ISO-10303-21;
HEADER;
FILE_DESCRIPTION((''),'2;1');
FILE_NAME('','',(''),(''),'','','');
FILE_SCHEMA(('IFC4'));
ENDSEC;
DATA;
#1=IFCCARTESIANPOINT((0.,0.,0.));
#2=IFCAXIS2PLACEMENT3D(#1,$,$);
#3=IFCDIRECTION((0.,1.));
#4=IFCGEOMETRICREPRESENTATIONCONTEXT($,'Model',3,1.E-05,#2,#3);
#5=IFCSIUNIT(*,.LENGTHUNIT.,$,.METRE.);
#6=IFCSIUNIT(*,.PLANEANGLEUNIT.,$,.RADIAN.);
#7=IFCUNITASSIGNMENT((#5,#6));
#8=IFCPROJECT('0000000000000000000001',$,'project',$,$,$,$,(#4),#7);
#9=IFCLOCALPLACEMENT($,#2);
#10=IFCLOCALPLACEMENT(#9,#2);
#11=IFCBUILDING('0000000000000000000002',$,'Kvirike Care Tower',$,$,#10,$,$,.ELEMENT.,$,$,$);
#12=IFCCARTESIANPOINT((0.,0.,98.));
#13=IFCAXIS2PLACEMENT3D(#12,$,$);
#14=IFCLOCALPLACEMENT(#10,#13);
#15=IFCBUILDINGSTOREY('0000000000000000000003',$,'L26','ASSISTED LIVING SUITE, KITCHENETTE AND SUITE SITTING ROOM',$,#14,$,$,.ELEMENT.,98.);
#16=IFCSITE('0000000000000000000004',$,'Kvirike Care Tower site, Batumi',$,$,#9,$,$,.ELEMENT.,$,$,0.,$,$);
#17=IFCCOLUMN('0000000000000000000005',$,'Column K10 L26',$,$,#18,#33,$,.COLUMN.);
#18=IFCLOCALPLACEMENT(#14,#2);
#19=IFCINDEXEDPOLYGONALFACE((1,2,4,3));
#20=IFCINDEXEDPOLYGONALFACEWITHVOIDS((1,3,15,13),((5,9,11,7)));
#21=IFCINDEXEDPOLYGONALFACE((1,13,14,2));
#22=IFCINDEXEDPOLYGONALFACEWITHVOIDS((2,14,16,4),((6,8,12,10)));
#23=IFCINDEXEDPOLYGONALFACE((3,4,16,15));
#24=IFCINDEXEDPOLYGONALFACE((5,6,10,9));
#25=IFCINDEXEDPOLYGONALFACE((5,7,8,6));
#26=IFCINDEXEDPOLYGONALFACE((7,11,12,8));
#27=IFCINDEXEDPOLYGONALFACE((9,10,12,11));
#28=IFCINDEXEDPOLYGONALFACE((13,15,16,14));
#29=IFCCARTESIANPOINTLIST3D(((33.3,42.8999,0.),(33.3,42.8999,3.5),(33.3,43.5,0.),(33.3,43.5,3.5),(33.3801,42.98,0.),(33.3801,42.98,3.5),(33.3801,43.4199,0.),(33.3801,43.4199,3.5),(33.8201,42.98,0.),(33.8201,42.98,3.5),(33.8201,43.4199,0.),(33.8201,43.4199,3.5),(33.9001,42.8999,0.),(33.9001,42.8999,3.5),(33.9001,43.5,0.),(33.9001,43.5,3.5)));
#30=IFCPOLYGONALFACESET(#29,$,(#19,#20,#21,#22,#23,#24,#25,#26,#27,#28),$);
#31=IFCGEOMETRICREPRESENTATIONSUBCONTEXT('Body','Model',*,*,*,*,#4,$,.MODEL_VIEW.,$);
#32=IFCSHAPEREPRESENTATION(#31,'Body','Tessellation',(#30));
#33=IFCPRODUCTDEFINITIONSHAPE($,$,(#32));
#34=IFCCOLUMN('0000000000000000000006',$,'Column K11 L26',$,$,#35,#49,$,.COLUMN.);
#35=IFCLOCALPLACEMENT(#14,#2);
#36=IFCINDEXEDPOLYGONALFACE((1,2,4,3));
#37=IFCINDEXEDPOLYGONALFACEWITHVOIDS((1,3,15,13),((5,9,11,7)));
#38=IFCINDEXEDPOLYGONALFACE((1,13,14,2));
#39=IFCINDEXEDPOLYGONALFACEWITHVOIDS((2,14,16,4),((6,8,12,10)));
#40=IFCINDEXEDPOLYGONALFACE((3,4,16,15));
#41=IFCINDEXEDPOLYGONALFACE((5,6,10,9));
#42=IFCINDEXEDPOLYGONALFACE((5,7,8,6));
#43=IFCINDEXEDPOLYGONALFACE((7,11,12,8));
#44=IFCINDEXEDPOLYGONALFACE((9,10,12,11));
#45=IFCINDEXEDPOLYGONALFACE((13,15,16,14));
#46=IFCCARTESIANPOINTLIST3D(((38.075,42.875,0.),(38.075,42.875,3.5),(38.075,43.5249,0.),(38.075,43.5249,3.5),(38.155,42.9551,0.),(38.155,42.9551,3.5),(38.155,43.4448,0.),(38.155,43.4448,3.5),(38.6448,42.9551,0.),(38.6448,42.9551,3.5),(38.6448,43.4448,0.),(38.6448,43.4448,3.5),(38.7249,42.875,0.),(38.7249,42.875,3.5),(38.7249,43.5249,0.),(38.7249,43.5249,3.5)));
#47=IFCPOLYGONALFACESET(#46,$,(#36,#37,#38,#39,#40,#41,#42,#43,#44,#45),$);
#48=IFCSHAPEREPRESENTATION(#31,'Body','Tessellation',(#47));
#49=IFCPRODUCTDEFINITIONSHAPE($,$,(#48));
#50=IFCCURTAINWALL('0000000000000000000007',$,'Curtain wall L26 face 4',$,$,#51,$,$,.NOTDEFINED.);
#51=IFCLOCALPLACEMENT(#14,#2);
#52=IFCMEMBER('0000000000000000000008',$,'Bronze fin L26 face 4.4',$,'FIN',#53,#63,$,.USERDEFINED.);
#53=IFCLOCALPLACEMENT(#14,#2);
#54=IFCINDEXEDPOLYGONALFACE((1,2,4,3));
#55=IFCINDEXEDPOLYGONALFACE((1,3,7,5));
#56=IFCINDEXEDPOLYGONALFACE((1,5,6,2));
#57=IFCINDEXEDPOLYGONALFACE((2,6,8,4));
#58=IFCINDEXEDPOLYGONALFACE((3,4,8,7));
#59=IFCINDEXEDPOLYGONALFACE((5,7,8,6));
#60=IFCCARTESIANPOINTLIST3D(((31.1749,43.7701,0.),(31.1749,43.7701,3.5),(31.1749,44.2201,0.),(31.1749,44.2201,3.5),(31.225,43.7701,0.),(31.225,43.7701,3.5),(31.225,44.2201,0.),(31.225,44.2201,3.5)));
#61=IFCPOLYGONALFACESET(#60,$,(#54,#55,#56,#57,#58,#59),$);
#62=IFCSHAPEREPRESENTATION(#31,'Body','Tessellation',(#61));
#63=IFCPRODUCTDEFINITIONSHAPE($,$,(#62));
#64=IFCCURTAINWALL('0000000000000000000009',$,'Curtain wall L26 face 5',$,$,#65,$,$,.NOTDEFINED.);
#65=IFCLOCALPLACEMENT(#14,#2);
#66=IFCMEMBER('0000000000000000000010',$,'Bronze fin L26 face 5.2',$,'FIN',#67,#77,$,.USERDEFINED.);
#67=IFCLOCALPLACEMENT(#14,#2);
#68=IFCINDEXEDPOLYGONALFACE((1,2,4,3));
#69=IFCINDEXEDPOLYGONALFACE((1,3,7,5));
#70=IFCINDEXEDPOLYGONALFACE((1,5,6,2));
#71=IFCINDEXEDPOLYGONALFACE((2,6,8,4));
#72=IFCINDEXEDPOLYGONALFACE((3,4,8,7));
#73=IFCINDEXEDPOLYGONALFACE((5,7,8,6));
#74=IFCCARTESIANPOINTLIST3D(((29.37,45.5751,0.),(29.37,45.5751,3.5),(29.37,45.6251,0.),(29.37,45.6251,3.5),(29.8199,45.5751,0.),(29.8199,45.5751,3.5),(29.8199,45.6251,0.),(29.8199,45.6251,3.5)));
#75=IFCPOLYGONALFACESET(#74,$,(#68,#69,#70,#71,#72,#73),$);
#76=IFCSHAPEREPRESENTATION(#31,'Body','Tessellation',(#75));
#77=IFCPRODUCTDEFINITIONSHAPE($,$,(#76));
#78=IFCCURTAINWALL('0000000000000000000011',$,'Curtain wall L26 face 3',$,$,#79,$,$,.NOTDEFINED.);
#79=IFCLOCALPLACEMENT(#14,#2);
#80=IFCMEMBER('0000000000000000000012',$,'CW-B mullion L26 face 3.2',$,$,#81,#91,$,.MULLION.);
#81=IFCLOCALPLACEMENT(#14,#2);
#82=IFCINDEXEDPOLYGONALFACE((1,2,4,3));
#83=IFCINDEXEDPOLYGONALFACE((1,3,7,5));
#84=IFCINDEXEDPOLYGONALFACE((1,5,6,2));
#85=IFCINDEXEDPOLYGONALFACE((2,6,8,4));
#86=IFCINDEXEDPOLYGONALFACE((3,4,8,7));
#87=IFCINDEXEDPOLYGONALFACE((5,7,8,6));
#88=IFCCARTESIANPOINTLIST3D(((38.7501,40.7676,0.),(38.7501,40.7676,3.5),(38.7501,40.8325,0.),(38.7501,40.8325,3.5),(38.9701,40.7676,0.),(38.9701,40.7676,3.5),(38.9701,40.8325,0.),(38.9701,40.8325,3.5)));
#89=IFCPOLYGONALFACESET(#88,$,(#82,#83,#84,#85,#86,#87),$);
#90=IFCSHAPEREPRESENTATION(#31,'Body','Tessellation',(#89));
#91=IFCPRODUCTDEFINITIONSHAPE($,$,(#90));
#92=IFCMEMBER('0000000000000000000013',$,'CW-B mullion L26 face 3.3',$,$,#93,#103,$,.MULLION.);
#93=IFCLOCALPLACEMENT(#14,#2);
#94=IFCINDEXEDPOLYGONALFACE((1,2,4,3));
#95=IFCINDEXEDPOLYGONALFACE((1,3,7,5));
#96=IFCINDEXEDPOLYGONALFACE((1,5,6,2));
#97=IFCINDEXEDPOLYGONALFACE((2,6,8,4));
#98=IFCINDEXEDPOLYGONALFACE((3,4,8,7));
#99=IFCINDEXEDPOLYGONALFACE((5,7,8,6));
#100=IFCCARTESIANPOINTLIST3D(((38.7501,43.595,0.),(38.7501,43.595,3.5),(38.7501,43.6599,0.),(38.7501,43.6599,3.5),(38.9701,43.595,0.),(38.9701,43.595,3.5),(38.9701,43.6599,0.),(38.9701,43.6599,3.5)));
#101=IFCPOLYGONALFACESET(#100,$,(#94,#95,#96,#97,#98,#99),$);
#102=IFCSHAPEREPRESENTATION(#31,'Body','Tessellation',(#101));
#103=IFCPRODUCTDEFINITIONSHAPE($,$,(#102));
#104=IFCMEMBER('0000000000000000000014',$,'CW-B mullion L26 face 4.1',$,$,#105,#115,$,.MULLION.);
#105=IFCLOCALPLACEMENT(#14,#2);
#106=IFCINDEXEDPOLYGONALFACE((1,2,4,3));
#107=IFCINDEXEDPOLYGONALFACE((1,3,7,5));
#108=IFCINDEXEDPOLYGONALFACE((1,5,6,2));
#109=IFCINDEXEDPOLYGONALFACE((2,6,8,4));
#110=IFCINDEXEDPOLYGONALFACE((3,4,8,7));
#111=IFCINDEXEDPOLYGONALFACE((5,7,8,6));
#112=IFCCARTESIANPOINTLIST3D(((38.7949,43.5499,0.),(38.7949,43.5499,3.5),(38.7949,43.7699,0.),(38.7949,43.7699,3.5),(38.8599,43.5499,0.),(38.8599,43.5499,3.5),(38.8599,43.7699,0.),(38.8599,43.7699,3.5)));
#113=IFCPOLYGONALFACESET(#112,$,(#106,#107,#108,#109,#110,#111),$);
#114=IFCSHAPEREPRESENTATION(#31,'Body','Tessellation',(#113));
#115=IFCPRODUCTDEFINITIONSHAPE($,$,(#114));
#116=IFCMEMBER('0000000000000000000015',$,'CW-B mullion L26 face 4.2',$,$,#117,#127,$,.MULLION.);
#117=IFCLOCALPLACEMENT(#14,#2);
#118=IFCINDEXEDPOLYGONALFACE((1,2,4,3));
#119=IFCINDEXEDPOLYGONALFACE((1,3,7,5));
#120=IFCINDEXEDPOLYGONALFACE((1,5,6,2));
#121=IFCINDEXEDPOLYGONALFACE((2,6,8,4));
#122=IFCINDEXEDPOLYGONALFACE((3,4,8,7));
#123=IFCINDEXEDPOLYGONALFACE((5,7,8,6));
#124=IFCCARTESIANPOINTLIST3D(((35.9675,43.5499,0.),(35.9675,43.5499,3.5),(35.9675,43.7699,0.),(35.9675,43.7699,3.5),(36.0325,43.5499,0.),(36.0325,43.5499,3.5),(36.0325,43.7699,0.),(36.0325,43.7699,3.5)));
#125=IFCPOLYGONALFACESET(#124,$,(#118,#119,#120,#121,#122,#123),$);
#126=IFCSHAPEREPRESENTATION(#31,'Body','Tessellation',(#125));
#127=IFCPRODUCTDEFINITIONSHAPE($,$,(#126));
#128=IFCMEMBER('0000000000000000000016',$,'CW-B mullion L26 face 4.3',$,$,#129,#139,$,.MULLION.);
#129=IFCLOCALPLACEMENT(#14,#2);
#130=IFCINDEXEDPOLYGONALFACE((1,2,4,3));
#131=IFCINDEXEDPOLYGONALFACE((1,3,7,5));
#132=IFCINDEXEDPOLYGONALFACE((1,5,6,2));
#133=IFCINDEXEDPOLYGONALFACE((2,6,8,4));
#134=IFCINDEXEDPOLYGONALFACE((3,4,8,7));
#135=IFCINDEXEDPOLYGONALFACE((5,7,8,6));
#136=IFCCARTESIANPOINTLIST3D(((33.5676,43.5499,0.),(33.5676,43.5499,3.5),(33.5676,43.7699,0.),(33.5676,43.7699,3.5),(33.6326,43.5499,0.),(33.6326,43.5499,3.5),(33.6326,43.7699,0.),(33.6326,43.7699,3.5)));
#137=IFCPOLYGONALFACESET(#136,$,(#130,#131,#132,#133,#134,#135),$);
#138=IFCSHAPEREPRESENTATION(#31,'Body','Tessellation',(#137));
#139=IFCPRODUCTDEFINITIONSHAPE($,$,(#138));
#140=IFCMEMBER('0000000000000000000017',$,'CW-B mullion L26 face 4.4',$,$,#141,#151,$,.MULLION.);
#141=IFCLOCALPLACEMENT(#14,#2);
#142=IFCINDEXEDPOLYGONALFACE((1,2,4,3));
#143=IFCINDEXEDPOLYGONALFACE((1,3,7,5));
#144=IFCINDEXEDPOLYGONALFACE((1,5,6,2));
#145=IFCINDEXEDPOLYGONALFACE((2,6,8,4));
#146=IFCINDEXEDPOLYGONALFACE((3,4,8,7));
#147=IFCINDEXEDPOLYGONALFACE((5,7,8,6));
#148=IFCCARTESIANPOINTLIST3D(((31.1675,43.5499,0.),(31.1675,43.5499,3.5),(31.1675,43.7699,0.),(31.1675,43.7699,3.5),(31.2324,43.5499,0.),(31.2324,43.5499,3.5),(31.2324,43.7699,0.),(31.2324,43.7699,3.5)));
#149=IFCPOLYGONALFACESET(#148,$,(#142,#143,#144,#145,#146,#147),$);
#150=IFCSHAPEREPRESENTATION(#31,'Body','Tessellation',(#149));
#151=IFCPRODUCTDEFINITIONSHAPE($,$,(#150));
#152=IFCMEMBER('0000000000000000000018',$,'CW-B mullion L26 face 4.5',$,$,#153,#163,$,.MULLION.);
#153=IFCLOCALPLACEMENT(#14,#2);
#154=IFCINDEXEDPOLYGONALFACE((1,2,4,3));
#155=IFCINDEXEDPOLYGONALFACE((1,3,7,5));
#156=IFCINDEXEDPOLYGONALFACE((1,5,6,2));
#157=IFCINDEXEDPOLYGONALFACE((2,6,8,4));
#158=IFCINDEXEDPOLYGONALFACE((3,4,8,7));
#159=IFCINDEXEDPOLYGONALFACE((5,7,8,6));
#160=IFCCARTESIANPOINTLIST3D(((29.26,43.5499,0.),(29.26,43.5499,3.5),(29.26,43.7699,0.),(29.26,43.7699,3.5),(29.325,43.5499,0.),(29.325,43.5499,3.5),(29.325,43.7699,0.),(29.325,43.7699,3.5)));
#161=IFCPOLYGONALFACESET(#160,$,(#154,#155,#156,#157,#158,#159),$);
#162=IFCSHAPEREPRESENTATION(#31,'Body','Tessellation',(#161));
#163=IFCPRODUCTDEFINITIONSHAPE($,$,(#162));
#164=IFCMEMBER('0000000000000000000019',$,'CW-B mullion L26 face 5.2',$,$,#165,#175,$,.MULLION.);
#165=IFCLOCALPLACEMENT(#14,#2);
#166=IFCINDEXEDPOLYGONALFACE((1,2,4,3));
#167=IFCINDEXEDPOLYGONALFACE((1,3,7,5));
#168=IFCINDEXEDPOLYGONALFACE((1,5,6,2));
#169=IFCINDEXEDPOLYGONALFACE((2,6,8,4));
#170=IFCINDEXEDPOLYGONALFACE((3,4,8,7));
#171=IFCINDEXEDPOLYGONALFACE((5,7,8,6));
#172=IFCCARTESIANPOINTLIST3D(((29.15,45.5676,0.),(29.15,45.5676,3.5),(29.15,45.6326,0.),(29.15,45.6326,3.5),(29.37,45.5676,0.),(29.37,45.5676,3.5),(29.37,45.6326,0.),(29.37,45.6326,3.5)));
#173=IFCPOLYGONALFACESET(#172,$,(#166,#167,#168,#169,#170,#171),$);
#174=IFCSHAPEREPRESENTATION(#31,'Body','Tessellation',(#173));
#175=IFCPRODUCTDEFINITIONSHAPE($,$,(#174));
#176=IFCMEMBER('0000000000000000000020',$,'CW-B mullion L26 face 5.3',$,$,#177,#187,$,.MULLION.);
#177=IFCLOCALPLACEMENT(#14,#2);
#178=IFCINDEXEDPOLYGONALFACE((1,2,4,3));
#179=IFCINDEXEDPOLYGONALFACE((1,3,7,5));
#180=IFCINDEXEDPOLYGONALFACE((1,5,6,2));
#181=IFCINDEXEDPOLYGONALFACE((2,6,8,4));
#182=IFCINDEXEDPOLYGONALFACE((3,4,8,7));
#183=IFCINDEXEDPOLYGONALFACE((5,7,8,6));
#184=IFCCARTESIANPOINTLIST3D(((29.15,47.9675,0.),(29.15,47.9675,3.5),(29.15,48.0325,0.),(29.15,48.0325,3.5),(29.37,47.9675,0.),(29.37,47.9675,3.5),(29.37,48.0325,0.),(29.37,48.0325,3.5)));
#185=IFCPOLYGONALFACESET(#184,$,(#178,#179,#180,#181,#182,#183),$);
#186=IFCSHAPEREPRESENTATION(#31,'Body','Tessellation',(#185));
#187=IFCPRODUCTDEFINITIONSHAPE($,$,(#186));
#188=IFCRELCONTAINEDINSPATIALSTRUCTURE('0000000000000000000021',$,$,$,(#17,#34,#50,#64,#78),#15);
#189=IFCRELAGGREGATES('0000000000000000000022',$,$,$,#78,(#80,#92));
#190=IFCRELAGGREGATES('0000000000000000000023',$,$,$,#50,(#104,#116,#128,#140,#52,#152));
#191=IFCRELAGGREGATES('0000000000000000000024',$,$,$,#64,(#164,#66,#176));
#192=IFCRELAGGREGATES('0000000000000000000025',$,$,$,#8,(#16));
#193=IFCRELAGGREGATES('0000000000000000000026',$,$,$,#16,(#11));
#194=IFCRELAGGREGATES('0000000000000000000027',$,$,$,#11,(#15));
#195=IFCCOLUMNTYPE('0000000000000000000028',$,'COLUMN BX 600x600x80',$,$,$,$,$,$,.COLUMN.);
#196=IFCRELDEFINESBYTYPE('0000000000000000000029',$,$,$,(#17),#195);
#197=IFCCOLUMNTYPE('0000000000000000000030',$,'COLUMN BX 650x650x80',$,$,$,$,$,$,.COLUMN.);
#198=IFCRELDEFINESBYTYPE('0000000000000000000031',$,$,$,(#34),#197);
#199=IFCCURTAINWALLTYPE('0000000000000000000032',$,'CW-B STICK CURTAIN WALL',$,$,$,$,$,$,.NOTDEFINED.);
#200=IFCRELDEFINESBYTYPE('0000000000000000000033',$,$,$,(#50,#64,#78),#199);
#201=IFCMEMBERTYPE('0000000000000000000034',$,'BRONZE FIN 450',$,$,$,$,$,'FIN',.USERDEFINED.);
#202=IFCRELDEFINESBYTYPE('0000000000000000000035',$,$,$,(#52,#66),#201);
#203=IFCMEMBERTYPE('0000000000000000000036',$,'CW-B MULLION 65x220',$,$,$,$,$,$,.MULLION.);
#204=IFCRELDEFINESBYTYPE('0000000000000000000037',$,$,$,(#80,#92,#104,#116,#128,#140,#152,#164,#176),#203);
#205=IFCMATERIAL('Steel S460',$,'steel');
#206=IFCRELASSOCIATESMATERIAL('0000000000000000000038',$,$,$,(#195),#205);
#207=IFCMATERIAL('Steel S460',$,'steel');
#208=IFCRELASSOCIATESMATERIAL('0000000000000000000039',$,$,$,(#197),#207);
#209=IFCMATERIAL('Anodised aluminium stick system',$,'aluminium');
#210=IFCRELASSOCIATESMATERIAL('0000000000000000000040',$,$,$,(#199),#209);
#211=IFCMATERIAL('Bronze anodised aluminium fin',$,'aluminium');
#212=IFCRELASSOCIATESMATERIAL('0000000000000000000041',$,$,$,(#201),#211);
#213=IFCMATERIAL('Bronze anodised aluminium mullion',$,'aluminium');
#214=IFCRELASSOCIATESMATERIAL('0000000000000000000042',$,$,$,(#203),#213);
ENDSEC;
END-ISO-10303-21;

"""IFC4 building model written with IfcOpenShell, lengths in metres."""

from ifc_helpers import new_model, si_unit, direction, frame, origin, origin_2d, place, context, subcontext, project, spatial, rectangle, hollow_rectangle, extrude, material, material_profile, profile_set, type_object, element, aggregate, save


model = new_model("IFC4")

# Units and contexts
model_context = context("Model", 3, precision=1e-05, world=origin(), true_north=direction((0.0, 1.0)))
body_context = subcontext(model_context, "Body", "Model", "MODEL_VIEW")
ifc_project = project(units=[si_unit("LENGTHUNIT", "METRE"), si_unit("PLANEANGLEUNIT", "RADIAN")], contexts=[model_context])

# Site, building, storey
site_placement = place(None, origin())
site = spatial("IfcSite", under=ifc_project, at=site_placement, Name="Kvirike Care Tower site, Batumi", CompositionType="ELEMENT", RefElevation=0.0)
building_placement = place(site_placement, origin())
building = spatial("IfcBuilding", under=site, at=building_placement, Name="Kvirike Care Tower", CompositionType="ELEMENT")
storey_placement = place(building_placement, frame((0.0, 0.0, 98.0)))
storey = spatial("IfcBuildingStorey", under=building, at=storey_placement, Name="L26", Description="ASSISTED LIVING SUITE, KITCHENETTE AND SUITE SITTING ROOM", CompositionType="ELEMENT", Elevation=98.0)

# Columns
ifc_material_1 = material(Name="Steel S460", Category="steel")
ifc_material_profile_1 = material_profile(ifc_material_1, hollow_rectangle(XDim=0.6001, YDim=0.6001, WallThickness=0.0801, at=origin_2d()), Name="BX 600x600x80")
ifc_profile_set_1 = profile_set([ifc_material_profile_1], Name="Steel S460")
column_type_1 = type_object("IfcColumnType", Name="COLUMN BX 600x600x80", PredefinedType="COLUMN", material=ifc_profile_set_1)
column_1_placement = place(storey_placement, frame((33.6001, 43.2, 0.0), z_axis=(0.0, 0.0, 1.0), x_axis=(0.0, 1.0, 0.0)))
element("IfcColumn", 1, at=column_1_placement, inside=storey, type_object=column_type_1, Name="Column K10 L26", PredefinedType="COLUMN", context=body_context, shape_type="SweptSolid", body=[
    extrude(hollow_rectangle(XDim=0.6001, YDim=0.6001, WallThickness=0.0801, at=origin_2d()), origin(), (0.0, 0.0, 1.0), 3.5),
])
ifc_material_2 = material(Name="Steel S460", Category="steel")
ifc_material_profile_2 = material_profile(ifc_material_2, hollow_rectangle(XDim=0.6499, YDim=0.6499, WallThickness=0.0801, at=origin_2d()), Name="BX 650x650x80")
ifc_profile_set_2 = profile_set([ifc_material_profile_2], Name="Steel S460")
column_type_2 = type_object("IfcColumnType", Name="COLUMN BX 650x650x80", PredefinedType="COLUMN", material=ifc_profile_set_2)
column_2_placement = place(storey_placement, frame((38.3999, 43.2, 0.0), z_axis=(0.0, 0.0, 1.0), x_axis=(0.0, 1.0, 0.0)))
element("IfcColumn", 2, at=column_2_placement, inside=storey, type_object=column_type_2, Name="Column K11 L26", PredefinedType="COLUMN", context=body_context, shape_type="SweptSolid", body=[
    extrude(hollow_rectangle(XDim=0.6499, YDim=0.6499, WallThickness=0.0801, at=origin_2d()), origin(), (0.0, 0.0, 1.0), 3.5),
])

# Curtain walls, members
ifc_material_3 = material(Name="Anodised aluminium stick system", Category="aluminium")
curtain_wall_type = type_object("IfcCurtainWallType", Name="CW-B STICK CURTAIN WALL", PredefinedType="NOTDEFINED", material=ifc_material_3)
curtain_wall_1_placement = place(storey_placement, origin())
curtain_wall_1 = element("IfcCurtainWall", 3, at=curtain_wall_1_placement, inside=storey, type_object=curtain_wall_type, Name="Curtain wall L26 face 4", PredefinedType="NOTDEFINED")
ifc_material_4 = material(Name="Bronze anodised aluminium fin", Category="aluminium")
ifc_material_profile_3 = material_profile(ifc_material_4, rectangle(XDim=0.05, YDim=0.45, at=origin_2d()), Name="BRONZE FIN 450")
ifc_profile_set_3 = profile_set([ifc_material_profile_3], Name="Bronze anodised aluminium fin")
member_type_1 = type_object("IfcMemberType", Name="BRONZE FIN 450", ElementType="FIN", PredefinedType="USERDEFINED", material=ifc_profile_set_3)
member_1_placement = place(storey_placement, frame((31.2, 43.9951, 0.0), z_axis=(0.0, 0.0, 1.0), x_axis=(-1.0, 0.0, 0.0)))
member_1 = element("IfcMember", 4, at=member_1_placement, type_object=member_type_1, Name="Bronze fin L26 face 4.4", ObjectType="FIN", PredefinedType="USERDEFINED", context=body_context, shape_type="SweptSolid", body=[
    extrude(rectangle(XDim=0.05, YDim=0.45, at=origin_2d()), origin(), (0.0, 0.0, 1.0), 3.5),
])
curtain_wall_2_placement = place(storey_placement, origin())
curtain_wall_2 = element("IfcCurtainWall", 5, at=curtain_wall_2_placement, inside=storey, type_object=curtain_wall_type, Name="Curtain wall L26 face 5", PredefinedType="NOTDEFINED")
member_2_placement = place(storey_placement, frame((29.595, 45.6001, 0.0), z_axis=(0.0, 0.0, 1.0), x_axis=(0.0, 1.0, 0.0)))
member_2 = element("IfcMember", 6, at=member_2_placement, type_object=member_type_1, Name="Bronze fin L26 face 5.2", ObjectType="FIN", PredefinedType="USERDEFINED", context=body_context, shape_type="SweptSolid", body=[
    extrude(rectangle(XDim=0.05, YDim=0.45, at=origin_2d()), origin(), (0.0, 0.0, 1.0), 3.5),
])

# Curtain wall, members
curtain_wall_3_placement = place(storey_placement, origin())
curtain_wall_3 = element("IfcCurtainWall", 7, at=curtain_wall_3_placement, inside=storey, type_object=curtain_wall_type, Name="Curtain wall L26 face 3", PredefinedType="NOTDEFINED")
ifc_material_5 = material(Name="Bronze anodised aluminium mullion", Category="aluminium")
ifc_material_profile_4 = material_profile(ifc_material_5, rectangle(XDim=0.0649, YDim=0.22, at=origin_2d()), Name="CW-B MULLION 65x220")
ifc_profile_set_4 = profile_set([ifc_material_profile_4], Name="Bronze anodised aluminium mullion")
member_type_2 = type_object("IfcMemberType", Name="CW-B MULLION 65x220", PredefinedType="MULLION", material=ifc_profile_set_4)
member_3_placement = place(storey_placement, frame((38.8601, 40.8, 0.0), z_axis=(0.0, 0.0, 1.0), x_axis=(0.0, 1.0, 0.0)))
member_3 = element("IfcMember", 8, at=member_3_placement, type_object=member_type_2, Name="CW-B mullion L26 face 3.2", PredefinedType="MULLION", context=body_context, shape_type="SweptSolid", body=[
    extrude(rectangle(XDim=0.0649, YDim=0.22, at=origin_2d()), origin(), (0.0, 0.0, 1.0), 3.5),
])
member_4_placement = place(storey_placement, frame((38.8601, 43.6274, 0.0), z_axis=(0.0, 0.0, 1.0), x_axis=(0.0, 1.0, 0.0)))
member_4 = element("IfcMember", 9, at=member_4_placement, type_object=member_type_2, Name="CW-B mullion L26 face 3.3", PredefinedType="MULLION", context=body_context, shape_type="SweptSolid", body=[
    extrude(rectangle(XDim=0.0649, YDim=0.22, at=origin_2d()), origin(), (0.0, 0.0, 1.0), 3.5),
])

# Members
member_5_placement = place(storey_placement, frame((38.8274, 43.6599, 0.0), z_axis=(0.0, 0.0, 1.0), x_axis=(-1.0, 0.0, 0.0)))
member_5 = element("IfcMember", 10, at=member_5_placement, type_object=member_type_2, Name="CW-B mullion L26 face 4.1", PredefinedType="MULLION", context=body_context, shape_type="SweptSolid", body=[
    extrude(rectangle(XDim=0.0649, YDim=0.22, at=origin_2d()), origin(), (0.0, 0.0, 1.0), 3.5),
])
member_6_placement = place(storey_placement, frame((36.0, 43.6599, 0.0), z_axis=(0.0, 0.0, 1.0), x_axis=(-1.0, 0.0, 0.0)))
member_6 = element("IfcMember", 11, at=member_6_placement, type_object=member_type_2, Name="CW-B mullion L26 face 4.2", PredefinedType="MULLION", context=body_context, shape_type="SweptSolid", body=[
    extrude(rectangle(XDim=0.0649, YDim=0.22, at=origin_2d()), origin(), (0.0, 0.0, 1.0), 3.5),
])
member_7_placement = place(storey_placement, frame((33.6001, 43.6599, 0.0), z_axis=(0.0, 0.0, 1.0), x_axis=(-1.0, 0.0, 0.0)))
member_7 = element("IfcMember", 12, at=member_7_placement, type_object=member_type_2, Name="CW-B mullion L26 face 4.3", PredefinedType="MULLION", context=body_context, shape_type="SweptSolid", body=[
    extrude(rectangle(XDim=0.0649, YDim=0.22, at=origin_2d()), origin(), (0.0, 0.0, 1.0), 3.5),
])
member_8_placement = place(storey_placement, frame((31.2, 43.6599, 0.0), z_axis=(0.0, 0.0, 1.0), x_axis=(-1.0, 0.0, 0.0)))
member_8 = element("IfcMember", 13, at=member_8_placement, type_object=member_type_2, Name="CW-B mullion L26 face 4.4", PredefinedType="MULLION", context=body_context, shape_type="SweptSolid", body=[
    extrude(rectangle(XDim=0.0649, YDim=0.22, at=origin_2d()), origin(), (0.0, 0.0, 1.0), 3.5),
])
member_9_placement = place(storey_placement, frame((29.2925, 43.6599, 0.0), z_axis=(0.0, 0.0, 1.0), x_axis=(-1.0, 0.0, 0.0)))
member_9 = element("IfcMember", 14, at=member_9_placement, type_object=member_type_2, Name="CW-B mullion L26 face 4.5", PredefinedType="MULLION", context=body_context, shape_type="SweptSolid", body=[
    extrude(rectangle(XDim=0.0649, YDim=0.22, at=origin_2d()), origin(), (0.0, 0.0, 1.0), 3.5),
])
member_10_placement = place(storey_placement, frame((29.26, 45.6001, 0.0), z_axis=(0.0, 0.0, 1.0), x_axis=(0.0, 1.0, 0.0)))
member_10 = element("IfcMember", 15, at=member_10_placement, type_object=member_type_2, Name="CW-B mullion L26 face 5.2", PredefinedType="MULLION", context=body_context, shape_type="SweptSolid", body=[
    extrude(rectangle(XDim=0.0649, YDim=0.22, at=origin_2d()), origin(), (0.0, 0.0, 1.0), 3.5),
])
member_11_placement = place(storey_placement, frame((29.26, 48.0, 0.0), z_axis=(0.0, 0.0, 1.0), x_axis=(0.0, 1.0, 0.0)))
member_11 = element("IfcMember", 16, at=member_11_placement, type_object=member_type_2, Name="CW-B mullion L26 face 5.3", PredefinedType="MULLION", context=body_context, shape_type="SweptSolid", body=[
    extrude(rectangle(XDim=0.0649, YDim=0.22, at=origin_2d()), origin(), (0.0, 0.0, 1.0), 3.5),
])

aggregate(curtain_wall_3, [member_3, member_4])
aggregate(curtain_wall_1, [member_5, member_6, member_7, member_8, member_1, member_9])
aggregate(curtain_wall_2, [member_10, member_2, member_11])

save(model, "model.ifc")
